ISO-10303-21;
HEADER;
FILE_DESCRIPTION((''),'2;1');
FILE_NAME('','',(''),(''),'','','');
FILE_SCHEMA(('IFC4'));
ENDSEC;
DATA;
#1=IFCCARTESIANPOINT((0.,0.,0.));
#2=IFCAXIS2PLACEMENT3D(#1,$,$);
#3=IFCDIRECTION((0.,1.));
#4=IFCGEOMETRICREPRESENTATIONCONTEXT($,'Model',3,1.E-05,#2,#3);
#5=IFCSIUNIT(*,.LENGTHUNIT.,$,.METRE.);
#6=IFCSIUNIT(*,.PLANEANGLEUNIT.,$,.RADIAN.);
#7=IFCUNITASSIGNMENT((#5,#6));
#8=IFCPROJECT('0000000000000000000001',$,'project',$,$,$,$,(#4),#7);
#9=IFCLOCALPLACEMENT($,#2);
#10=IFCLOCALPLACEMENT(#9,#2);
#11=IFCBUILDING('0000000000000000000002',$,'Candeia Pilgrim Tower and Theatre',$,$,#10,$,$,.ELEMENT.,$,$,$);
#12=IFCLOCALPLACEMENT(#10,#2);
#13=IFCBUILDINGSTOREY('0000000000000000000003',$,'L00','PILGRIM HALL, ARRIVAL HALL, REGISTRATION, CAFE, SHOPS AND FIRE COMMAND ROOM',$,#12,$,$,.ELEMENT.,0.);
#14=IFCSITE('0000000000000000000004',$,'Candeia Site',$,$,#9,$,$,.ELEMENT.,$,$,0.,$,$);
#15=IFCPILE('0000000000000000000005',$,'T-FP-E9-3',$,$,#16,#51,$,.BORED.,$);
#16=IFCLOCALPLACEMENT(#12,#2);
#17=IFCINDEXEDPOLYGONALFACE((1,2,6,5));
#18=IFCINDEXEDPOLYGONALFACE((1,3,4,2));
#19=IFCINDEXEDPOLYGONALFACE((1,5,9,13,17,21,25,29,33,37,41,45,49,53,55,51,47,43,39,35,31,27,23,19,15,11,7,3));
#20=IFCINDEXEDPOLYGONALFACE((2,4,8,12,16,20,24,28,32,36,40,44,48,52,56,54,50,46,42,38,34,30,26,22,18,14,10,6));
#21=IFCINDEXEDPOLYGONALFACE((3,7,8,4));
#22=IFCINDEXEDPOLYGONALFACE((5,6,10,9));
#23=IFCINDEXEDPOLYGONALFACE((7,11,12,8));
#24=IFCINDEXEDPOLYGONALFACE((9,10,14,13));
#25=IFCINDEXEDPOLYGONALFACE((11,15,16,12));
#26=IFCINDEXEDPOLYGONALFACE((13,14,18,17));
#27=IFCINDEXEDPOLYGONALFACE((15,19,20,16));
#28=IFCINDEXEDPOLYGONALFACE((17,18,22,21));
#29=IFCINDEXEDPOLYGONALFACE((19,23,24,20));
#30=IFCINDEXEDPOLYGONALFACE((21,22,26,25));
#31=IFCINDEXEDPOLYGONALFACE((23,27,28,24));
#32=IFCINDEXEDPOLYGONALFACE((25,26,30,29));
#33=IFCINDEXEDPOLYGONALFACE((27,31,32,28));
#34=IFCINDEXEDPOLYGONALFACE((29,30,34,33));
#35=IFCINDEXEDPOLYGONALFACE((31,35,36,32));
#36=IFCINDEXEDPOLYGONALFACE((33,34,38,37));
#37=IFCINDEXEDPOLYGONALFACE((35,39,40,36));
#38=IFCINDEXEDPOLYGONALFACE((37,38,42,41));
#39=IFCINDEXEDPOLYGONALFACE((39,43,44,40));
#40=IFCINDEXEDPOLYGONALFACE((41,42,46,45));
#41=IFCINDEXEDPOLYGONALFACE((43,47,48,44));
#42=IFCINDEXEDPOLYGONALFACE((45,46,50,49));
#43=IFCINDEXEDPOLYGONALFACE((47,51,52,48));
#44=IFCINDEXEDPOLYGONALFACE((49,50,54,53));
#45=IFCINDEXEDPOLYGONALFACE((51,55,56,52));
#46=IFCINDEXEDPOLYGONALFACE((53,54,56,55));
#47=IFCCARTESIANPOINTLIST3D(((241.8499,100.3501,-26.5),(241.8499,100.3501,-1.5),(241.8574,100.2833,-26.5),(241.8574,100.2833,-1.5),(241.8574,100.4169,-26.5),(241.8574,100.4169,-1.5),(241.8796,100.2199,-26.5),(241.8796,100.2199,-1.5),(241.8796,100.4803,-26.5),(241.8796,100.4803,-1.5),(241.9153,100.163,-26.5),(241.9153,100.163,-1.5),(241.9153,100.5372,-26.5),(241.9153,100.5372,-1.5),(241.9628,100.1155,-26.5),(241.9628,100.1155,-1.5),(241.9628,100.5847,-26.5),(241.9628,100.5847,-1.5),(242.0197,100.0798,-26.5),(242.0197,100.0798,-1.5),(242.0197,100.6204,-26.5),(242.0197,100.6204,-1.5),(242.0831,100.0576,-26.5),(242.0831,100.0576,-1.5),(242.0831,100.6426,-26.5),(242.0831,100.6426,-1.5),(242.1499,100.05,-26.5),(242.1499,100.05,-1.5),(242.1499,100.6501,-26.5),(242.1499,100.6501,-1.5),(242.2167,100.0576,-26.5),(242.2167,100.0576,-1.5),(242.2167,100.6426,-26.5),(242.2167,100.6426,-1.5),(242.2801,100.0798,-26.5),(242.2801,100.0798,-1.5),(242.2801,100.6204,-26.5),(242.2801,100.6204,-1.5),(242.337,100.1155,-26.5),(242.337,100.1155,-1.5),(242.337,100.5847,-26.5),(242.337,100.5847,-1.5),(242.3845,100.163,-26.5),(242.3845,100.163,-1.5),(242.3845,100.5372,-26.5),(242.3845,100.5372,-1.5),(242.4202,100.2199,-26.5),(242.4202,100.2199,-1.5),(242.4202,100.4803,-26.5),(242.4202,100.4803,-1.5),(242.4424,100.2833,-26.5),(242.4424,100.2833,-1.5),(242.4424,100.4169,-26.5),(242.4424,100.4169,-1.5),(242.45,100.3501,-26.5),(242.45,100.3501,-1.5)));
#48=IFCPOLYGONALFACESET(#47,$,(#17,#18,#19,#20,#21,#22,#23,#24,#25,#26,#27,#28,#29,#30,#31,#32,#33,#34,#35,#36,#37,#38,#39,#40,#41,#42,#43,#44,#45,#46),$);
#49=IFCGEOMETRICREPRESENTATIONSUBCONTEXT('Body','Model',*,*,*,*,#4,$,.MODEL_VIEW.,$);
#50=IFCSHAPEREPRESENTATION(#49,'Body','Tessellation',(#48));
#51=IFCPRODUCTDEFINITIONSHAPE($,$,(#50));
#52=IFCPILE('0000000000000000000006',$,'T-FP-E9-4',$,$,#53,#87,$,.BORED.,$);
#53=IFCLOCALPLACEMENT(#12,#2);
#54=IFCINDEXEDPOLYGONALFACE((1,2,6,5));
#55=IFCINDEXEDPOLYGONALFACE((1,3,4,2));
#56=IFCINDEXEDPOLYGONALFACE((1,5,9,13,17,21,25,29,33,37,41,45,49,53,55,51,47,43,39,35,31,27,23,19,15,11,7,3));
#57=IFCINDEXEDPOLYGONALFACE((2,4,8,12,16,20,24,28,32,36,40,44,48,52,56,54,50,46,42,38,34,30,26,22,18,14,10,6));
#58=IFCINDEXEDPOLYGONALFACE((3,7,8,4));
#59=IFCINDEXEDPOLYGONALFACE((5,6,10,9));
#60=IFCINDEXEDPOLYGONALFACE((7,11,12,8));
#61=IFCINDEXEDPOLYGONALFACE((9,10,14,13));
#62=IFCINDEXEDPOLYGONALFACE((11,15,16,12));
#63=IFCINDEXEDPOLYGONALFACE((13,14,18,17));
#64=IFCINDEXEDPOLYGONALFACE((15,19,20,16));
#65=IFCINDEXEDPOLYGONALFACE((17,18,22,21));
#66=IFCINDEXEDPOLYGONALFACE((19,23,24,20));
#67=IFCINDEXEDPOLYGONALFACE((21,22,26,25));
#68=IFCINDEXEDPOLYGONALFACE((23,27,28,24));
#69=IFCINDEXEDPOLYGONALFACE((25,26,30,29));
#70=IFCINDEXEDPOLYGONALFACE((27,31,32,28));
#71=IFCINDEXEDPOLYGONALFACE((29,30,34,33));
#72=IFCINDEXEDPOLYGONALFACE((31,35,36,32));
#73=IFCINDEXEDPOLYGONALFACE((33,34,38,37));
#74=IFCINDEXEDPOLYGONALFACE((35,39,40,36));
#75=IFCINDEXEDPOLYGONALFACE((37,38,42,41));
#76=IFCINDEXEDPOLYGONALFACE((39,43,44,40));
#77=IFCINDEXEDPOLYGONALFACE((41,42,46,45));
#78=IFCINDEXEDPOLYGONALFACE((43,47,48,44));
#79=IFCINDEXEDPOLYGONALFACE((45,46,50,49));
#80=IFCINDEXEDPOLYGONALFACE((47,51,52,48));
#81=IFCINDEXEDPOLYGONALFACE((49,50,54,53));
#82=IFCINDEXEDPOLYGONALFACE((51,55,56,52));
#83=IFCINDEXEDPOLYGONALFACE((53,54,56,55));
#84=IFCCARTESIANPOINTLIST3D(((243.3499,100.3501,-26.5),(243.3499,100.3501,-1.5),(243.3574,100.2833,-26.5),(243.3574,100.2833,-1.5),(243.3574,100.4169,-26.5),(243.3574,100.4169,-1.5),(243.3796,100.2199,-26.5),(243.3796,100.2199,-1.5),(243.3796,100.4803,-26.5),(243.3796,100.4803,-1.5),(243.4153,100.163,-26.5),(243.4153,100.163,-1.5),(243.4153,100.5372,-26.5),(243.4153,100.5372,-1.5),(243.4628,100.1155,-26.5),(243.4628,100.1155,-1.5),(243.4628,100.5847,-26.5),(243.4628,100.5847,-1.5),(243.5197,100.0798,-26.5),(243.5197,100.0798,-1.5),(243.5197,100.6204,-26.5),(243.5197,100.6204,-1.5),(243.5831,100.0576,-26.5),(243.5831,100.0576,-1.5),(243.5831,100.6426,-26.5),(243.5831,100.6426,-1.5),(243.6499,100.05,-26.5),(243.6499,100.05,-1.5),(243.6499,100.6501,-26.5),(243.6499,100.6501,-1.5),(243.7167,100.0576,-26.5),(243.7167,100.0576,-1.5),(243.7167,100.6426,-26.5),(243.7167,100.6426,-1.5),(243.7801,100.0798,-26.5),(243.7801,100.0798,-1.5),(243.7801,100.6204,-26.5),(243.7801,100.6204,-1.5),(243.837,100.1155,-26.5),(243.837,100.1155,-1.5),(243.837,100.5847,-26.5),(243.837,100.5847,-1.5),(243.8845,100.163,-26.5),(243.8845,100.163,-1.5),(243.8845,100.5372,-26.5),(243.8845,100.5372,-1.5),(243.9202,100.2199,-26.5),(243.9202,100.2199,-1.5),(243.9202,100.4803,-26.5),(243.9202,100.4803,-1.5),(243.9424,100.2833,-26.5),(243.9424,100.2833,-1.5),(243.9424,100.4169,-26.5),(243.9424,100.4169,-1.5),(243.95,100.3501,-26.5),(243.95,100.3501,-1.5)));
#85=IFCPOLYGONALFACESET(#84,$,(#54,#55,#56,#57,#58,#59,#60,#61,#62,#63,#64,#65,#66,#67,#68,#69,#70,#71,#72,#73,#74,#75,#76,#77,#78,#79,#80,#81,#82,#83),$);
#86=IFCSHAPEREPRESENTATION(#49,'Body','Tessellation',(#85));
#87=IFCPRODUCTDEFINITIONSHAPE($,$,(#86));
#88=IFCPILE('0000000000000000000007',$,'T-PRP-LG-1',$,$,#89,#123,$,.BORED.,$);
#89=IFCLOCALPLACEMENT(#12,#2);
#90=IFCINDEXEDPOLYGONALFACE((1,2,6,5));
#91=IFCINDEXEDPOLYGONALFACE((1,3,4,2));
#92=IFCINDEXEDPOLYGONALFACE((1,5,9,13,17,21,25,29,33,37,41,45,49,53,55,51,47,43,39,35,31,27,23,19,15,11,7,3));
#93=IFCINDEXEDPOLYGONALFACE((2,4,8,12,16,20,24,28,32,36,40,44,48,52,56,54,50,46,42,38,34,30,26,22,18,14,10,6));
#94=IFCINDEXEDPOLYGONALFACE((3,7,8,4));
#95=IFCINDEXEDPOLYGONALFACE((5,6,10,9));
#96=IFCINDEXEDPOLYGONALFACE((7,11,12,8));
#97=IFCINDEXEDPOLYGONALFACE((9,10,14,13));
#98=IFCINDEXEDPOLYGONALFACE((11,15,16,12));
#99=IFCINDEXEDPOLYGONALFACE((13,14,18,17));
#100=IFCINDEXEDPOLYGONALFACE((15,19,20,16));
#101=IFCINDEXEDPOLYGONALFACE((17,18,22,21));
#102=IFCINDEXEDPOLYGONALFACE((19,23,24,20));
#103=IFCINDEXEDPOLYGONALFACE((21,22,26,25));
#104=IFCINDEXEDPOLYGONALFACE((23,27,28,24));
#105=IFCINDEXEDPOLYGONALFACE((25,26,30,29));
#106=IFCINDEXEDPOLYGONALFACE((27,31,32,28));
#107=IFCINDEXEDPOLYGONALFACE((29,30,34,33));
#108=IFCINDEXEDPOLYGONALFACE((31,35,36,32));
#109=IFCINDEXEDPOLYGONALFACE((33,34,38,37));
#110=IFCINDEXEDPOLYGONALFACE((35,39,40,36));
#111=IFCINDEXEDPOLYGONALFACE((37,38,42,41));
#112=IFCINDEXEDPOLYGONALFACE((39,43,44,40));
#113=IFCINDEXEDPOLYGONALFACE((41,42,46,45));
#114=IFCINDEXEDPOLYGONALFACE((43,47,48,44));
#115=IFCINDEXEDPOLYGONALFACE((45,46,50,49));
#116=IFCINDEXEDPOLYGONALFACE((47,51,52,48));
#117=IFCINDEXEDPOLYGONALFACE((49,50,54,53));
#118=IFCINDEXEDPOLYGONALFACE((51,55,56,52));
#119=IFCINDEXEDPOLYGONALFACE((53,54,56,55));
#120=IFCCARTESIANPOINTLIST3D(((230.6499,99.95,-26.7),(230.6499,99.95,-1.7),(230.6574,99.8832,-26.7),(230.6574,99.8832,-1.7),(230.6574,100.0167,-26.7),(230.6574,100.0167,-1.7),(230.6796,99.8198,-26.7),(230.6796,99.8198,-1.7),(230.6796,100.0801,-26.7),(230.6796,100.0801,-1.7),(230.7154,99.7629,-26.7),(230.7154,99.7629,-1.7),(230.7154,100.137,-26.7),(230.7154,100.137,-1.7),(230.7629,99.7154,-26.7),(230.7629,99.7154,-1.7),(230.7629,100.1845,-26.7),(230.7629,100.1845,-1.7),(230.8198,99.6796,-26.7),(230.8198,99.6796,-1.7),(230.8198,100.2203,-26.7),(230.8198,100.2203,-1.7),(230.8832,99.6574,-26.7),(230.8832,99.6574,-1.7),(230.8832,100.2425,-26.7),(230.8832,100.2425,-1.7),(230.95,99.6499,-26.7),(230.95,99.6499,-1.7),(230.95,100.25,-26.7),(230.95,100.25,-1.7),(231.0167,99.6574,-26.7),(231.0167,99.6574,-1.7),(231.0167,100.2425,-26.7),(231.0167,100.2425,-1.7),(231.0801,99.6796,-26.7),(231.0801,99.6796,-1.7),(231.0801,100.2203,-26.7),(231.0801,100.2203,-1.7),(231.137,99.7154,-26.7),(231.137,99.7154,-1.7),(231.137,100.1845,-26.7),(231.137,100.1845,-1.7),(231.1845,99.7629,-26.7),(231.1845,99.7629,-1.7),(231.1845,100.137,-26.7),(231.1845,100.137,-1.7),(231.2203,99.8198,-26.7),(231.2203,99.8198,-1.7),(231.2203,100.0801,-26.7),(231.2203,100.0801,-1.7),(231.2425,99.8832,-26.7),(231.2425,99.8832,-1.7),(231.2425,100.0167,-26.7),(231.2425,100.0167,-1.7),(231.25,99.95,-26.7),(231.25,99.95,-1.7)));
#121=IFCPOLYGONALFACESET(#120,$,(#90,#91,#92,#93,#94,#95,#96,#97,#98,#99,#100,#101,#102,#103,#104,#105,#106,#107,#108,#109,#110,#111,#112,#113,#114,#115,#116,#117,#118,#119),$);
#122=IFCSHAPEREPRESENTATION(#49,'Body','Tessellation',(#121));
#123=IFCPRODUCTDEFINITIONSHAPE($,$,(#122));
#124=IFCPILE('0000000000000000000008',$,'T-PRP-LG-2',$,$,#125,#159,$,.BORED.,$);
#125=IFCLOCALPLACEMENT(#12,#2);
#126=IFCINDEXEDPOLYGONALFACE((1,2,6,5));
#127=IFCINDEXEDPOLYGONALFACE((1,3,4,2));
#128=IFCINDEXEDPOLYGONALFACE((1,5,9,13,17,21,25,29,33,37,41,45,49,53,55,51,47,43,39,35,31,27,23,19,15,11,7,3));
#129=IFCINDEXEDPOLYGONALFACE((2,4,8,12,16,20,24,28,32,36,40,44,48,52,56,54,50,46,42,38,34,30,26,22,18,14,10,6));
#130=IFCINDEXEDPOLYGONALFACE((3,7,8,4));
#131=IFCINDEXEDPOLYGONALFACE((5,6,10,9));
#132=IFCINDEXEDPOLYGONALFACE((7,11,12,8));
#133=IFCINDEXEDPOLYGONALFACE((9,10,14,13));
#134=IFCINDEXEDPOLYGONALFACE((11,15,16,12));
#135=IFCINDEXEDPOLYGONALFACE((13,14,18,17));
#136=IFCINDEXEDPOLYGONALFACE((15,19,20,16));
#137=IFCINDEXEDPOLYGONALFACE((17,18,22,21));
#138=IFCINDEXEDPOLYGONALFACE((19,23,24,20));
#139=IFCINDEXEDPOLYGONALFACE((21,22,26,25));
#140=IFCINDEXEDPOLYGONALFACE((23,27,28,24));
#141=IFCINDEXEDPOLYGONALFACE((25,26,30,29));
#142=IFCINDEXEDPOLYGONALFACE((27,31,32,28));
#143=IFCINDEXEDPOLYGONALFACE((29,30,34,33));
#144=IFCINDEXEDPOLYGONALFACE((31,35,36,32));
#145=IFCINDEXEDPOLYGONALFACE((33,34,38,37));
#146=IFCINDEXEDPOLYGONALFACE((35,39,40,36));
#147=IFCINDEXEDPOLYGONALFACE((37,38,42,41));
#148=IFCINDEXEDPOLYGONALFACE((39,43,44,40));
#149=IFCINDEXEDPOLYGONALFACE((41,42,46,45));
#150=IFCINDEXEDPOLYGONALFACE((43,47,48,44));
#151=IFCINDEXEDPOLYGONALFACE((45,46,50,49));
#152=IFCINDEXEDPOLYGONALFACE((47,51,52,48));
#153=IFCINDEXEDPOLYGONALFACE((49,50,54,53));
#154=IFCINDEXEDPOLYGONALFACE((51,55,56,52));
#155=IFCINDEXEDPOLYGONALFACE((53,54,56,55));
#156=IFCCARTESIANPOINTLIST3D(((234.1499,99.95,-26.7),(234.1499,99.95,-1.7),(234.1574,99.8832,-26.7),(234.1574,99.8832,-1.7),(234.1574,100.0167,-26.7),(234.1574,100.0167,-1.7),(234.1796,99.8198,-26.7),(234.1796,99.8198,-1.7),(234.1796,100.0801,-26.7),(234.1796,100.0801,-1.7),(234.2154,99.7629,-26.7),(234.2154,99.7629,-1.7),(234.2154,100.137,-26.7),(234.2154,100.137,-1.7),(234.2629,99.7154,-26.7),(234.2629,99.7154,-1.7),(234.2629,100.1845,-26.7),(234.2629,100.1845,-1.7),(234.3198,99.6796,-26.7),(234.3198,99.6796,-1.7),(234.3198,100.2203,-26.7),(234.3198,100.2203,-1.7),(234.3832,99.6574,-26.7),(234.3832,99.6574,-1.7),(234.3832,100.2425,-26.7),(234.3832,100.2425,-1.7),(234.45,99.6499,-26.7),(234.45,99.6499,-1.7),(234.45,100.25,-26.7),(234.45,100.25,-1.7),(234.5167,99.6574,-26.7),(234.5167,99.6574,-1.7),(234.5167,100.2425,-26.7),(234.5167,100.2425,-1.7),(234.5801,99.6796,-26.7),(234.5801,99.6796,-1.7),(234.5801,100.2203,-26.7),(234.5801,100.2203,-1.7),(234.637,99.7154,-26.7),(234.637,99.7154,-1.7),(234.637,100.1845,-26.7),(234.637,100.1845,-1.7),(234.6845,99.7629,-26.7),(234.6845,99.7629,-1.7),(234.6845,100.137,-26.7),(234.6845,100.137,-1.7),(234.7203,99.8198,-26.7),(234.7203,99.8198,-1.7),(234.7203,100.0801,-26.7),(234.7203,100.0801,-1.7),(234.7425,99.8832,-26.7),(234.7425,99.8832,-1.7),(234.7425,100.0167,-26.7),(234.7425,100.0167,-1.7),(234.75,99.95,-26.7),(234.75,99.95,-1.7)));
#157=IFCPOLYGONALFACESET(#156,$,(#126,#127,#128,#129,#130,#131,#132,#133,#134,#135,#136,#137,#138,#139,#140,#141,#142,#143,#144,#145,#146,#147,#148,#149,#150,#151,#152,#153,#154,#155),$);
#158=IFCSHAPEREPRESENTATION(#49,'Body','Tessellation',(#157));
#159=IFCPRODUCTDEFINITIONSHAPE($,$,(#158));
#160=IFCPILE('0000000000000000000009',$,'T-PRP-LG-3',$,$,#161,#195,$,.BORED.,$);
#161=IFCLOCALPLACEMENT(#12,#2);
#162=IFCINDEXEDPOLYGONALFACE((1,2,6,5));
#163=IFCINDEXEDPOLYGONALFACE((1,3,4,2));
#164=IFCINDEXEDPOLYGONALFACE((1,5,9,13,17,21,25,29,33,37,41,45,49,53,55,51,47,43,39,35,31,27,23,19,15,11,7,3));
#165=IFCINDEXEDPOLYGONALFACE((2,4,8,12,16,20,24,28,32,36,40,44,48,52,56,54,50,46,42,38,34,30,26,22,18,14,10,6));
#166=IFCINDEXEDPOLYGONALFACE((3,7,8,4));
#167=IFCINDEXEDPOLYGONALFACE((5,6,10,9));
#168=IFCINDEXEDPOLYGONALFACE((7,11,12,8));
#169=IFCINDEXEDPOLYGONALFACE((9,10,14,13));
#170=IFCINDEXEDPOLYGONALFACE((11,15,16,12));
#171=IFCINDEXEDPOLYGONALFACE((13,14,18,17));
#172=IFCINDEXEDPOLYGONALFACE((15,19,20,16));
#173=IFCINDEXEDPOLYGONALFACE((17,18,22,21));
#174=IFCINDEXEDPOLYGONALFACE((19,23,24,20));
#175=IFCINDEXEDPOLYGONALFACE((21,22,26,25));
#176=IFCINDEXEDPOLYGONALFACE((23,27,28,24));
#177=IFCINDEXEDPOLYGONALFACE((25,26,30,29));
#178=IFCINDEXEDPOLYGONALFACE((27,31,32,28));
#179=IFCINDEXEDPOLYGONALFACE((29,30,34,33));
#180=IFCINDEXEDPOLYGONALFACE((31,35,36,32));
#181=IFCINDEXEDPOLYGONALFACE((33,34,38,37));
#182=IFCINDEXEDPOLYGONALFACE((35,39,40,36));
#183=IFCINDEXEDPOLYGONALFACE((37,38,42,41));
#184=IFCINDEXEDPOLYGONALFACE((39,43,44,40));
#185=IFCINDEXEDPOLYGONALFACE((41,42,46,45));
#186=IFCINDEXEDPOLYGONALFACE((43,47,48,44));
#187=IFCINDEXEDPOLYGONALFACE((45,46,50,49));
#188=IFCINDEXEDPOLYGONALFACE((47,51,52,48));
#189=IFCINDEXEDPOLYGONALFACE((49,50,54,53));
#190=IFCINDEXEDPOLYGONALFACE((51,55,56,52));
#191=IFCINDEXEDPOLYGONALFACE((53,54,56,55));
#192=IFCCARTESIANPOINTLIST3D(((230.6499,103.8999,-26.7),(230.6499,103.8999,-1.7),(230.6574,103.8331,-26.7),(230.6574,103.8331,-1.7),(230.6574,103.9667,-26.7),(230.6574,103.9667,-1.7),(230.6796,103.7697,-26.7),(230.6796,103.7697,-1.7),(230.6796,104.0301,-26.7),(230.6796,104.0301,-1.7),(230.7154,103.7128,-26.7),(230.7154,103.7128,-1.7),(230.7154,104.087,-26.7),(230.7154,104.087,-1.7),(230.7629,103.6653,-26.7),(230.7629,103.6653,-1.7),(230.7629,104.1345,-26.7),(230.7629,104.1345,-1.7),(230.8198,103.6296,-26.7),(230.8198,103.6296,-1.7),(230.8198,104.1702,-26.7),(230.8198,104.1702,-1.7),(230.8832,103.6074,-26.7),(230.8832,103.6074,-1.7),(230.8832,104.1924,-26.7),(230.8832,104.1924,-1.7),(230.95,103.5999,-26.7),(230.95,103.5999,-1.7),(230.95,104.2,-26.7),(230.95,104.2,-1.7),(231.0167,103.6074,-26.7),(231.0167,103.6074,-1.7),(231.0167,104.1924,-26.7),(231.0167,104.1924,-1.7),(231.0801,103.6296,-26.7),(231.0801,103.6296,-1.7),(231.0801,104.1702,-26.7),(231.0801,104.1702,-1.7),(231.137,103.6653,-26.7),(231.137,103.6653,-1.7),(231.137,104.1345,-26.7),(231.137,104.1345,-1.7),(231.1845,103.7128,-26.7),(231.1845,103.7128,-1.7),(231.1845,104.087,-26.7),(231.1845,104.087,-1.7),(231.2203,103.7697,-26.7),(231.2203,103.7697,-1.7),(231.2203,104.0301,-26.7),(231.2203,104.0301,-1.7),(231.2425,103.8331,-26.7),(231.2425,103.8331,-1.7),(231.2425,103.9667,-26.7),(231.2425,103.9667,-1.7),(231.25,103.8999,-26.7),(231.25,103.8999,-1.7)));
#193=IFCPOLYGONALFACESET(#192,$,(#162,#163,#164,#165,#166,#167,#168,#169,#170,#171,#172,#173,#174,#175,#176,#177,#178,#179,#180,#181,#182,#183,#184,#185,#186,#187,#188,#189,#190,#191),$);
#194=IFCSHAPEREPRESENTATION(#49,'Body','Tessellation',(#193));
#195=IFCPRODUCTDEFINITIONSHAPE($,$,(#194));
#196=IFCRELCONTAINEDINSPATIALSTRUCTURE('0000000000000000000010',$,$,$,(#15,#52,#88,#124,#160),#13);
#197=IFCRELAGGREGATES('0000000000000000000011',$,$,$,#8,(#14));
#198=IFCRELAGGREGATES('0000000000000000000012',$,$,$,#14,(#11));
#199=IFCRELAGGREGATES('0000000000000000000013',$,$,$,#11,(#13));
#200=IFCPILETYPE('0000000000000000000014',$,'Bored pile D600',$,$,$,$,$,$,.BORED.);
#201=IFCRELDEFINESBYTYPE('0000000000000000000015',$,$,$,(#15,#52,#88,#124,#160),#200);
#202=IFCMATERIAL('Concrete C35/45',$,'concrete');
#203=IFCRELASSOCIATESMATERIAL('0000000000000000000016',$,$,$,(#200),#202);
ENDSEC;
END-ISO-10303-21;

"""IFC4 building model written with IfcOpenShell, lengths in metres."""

from ifc_helpers import new_model, si_unit, direction, frame, origin, origin_2d, place, context, subcontext, project, spatial, circle, extrude, material, type_object, element, save


model = new_model("IFC4")

# Units and contexts
model_context = context("Model", 3, precision=1e-05, world=origin(), true_north=direction((0.0, 1.0)))
body_context = subcontext(model_context, "Body", "Model", "MODEL_VIEW")
ifc_project = project(units=[si_unit("LENGTHUNIT", "METRE"), si_unit("PLANEANGLEUNIT", "RADIAN")], contexts=[model_context])

# Site, building, storey
site_placement = place(None, origin())
site = spatial("IfcSite", under=ifc_project, at=site_placement, Name="Candeia Site", CompositionType="ELEMENT", RefElevation=0.0)
building_placement = place(site_placement, origin())
building = spatial("IfcBuilding", under=site, at=building_placement, Name="Candeia Pilgrim Tower and Theatre", CompositionType="ELEMENT")
storey_placement = place(building_placement, origin())
storey = spatial("IfcBuildingStorey", under=building, at=storey_placement, Name="L00", Description="PILGRIM HALL, ARRIVAL HALL, REGISTRATION, CAFE, SHOPS AND FIRE COMMAND ROOM", CompositionType="ELEMENT", Elevation=0.0)

# Piles
ifc_material_1 = material(Name="Concrete C35/45", Category="concrete")
pile_type = type_object("IfcPileType", Name="Bored pile D600", PredefinedType="BORED", material=ifc_material_1)
for number, where, z_axis, x_axis, name in (
    (1, (242.1499, 100.3501, -1.5), (0.0, 0.0, -1.0), (1.0, 0.0, 0.0), "T-FP-E9-3"),
    (2, (243.6499, 100.3501, -1.5), (0.0, 0.0, -1.0), (1.0, 0.0, 0.0), "T-FP-E9-4"),
    (3, (230.95, 99.95, -1.7), (0.0, 0.0, -1.0), (1.0, 0.0, 0.0), "T-PRP-LG-1"),
    (4, (234.45, 99.95, -1.7), (0.0, 0.0, -1.0), (1.0, 0.0, 0.0), "T-PRP-LG-2"),
    (5, (230.95, 103.8999, -1.7), (0.0, 0.0, -1.0), (1.0, 0.0, 0.0), "T-PRP-LG-3"),
):
    element("IfcPile", number, at=place(storey_placement, frame(where, z_axis=z_axis, x_axis=x_axis)), inside=storey, type_object=pile_type, Name=name, PredefinedType="BORED", context=body_context, shape_type="SweptSolid", body=[
        extrude(circle(Radius=0.3, at=origin_2d()), origin(), (0.0, 0.0, 1.0), 25.0),
    ])

save(model, "model.ifc")
